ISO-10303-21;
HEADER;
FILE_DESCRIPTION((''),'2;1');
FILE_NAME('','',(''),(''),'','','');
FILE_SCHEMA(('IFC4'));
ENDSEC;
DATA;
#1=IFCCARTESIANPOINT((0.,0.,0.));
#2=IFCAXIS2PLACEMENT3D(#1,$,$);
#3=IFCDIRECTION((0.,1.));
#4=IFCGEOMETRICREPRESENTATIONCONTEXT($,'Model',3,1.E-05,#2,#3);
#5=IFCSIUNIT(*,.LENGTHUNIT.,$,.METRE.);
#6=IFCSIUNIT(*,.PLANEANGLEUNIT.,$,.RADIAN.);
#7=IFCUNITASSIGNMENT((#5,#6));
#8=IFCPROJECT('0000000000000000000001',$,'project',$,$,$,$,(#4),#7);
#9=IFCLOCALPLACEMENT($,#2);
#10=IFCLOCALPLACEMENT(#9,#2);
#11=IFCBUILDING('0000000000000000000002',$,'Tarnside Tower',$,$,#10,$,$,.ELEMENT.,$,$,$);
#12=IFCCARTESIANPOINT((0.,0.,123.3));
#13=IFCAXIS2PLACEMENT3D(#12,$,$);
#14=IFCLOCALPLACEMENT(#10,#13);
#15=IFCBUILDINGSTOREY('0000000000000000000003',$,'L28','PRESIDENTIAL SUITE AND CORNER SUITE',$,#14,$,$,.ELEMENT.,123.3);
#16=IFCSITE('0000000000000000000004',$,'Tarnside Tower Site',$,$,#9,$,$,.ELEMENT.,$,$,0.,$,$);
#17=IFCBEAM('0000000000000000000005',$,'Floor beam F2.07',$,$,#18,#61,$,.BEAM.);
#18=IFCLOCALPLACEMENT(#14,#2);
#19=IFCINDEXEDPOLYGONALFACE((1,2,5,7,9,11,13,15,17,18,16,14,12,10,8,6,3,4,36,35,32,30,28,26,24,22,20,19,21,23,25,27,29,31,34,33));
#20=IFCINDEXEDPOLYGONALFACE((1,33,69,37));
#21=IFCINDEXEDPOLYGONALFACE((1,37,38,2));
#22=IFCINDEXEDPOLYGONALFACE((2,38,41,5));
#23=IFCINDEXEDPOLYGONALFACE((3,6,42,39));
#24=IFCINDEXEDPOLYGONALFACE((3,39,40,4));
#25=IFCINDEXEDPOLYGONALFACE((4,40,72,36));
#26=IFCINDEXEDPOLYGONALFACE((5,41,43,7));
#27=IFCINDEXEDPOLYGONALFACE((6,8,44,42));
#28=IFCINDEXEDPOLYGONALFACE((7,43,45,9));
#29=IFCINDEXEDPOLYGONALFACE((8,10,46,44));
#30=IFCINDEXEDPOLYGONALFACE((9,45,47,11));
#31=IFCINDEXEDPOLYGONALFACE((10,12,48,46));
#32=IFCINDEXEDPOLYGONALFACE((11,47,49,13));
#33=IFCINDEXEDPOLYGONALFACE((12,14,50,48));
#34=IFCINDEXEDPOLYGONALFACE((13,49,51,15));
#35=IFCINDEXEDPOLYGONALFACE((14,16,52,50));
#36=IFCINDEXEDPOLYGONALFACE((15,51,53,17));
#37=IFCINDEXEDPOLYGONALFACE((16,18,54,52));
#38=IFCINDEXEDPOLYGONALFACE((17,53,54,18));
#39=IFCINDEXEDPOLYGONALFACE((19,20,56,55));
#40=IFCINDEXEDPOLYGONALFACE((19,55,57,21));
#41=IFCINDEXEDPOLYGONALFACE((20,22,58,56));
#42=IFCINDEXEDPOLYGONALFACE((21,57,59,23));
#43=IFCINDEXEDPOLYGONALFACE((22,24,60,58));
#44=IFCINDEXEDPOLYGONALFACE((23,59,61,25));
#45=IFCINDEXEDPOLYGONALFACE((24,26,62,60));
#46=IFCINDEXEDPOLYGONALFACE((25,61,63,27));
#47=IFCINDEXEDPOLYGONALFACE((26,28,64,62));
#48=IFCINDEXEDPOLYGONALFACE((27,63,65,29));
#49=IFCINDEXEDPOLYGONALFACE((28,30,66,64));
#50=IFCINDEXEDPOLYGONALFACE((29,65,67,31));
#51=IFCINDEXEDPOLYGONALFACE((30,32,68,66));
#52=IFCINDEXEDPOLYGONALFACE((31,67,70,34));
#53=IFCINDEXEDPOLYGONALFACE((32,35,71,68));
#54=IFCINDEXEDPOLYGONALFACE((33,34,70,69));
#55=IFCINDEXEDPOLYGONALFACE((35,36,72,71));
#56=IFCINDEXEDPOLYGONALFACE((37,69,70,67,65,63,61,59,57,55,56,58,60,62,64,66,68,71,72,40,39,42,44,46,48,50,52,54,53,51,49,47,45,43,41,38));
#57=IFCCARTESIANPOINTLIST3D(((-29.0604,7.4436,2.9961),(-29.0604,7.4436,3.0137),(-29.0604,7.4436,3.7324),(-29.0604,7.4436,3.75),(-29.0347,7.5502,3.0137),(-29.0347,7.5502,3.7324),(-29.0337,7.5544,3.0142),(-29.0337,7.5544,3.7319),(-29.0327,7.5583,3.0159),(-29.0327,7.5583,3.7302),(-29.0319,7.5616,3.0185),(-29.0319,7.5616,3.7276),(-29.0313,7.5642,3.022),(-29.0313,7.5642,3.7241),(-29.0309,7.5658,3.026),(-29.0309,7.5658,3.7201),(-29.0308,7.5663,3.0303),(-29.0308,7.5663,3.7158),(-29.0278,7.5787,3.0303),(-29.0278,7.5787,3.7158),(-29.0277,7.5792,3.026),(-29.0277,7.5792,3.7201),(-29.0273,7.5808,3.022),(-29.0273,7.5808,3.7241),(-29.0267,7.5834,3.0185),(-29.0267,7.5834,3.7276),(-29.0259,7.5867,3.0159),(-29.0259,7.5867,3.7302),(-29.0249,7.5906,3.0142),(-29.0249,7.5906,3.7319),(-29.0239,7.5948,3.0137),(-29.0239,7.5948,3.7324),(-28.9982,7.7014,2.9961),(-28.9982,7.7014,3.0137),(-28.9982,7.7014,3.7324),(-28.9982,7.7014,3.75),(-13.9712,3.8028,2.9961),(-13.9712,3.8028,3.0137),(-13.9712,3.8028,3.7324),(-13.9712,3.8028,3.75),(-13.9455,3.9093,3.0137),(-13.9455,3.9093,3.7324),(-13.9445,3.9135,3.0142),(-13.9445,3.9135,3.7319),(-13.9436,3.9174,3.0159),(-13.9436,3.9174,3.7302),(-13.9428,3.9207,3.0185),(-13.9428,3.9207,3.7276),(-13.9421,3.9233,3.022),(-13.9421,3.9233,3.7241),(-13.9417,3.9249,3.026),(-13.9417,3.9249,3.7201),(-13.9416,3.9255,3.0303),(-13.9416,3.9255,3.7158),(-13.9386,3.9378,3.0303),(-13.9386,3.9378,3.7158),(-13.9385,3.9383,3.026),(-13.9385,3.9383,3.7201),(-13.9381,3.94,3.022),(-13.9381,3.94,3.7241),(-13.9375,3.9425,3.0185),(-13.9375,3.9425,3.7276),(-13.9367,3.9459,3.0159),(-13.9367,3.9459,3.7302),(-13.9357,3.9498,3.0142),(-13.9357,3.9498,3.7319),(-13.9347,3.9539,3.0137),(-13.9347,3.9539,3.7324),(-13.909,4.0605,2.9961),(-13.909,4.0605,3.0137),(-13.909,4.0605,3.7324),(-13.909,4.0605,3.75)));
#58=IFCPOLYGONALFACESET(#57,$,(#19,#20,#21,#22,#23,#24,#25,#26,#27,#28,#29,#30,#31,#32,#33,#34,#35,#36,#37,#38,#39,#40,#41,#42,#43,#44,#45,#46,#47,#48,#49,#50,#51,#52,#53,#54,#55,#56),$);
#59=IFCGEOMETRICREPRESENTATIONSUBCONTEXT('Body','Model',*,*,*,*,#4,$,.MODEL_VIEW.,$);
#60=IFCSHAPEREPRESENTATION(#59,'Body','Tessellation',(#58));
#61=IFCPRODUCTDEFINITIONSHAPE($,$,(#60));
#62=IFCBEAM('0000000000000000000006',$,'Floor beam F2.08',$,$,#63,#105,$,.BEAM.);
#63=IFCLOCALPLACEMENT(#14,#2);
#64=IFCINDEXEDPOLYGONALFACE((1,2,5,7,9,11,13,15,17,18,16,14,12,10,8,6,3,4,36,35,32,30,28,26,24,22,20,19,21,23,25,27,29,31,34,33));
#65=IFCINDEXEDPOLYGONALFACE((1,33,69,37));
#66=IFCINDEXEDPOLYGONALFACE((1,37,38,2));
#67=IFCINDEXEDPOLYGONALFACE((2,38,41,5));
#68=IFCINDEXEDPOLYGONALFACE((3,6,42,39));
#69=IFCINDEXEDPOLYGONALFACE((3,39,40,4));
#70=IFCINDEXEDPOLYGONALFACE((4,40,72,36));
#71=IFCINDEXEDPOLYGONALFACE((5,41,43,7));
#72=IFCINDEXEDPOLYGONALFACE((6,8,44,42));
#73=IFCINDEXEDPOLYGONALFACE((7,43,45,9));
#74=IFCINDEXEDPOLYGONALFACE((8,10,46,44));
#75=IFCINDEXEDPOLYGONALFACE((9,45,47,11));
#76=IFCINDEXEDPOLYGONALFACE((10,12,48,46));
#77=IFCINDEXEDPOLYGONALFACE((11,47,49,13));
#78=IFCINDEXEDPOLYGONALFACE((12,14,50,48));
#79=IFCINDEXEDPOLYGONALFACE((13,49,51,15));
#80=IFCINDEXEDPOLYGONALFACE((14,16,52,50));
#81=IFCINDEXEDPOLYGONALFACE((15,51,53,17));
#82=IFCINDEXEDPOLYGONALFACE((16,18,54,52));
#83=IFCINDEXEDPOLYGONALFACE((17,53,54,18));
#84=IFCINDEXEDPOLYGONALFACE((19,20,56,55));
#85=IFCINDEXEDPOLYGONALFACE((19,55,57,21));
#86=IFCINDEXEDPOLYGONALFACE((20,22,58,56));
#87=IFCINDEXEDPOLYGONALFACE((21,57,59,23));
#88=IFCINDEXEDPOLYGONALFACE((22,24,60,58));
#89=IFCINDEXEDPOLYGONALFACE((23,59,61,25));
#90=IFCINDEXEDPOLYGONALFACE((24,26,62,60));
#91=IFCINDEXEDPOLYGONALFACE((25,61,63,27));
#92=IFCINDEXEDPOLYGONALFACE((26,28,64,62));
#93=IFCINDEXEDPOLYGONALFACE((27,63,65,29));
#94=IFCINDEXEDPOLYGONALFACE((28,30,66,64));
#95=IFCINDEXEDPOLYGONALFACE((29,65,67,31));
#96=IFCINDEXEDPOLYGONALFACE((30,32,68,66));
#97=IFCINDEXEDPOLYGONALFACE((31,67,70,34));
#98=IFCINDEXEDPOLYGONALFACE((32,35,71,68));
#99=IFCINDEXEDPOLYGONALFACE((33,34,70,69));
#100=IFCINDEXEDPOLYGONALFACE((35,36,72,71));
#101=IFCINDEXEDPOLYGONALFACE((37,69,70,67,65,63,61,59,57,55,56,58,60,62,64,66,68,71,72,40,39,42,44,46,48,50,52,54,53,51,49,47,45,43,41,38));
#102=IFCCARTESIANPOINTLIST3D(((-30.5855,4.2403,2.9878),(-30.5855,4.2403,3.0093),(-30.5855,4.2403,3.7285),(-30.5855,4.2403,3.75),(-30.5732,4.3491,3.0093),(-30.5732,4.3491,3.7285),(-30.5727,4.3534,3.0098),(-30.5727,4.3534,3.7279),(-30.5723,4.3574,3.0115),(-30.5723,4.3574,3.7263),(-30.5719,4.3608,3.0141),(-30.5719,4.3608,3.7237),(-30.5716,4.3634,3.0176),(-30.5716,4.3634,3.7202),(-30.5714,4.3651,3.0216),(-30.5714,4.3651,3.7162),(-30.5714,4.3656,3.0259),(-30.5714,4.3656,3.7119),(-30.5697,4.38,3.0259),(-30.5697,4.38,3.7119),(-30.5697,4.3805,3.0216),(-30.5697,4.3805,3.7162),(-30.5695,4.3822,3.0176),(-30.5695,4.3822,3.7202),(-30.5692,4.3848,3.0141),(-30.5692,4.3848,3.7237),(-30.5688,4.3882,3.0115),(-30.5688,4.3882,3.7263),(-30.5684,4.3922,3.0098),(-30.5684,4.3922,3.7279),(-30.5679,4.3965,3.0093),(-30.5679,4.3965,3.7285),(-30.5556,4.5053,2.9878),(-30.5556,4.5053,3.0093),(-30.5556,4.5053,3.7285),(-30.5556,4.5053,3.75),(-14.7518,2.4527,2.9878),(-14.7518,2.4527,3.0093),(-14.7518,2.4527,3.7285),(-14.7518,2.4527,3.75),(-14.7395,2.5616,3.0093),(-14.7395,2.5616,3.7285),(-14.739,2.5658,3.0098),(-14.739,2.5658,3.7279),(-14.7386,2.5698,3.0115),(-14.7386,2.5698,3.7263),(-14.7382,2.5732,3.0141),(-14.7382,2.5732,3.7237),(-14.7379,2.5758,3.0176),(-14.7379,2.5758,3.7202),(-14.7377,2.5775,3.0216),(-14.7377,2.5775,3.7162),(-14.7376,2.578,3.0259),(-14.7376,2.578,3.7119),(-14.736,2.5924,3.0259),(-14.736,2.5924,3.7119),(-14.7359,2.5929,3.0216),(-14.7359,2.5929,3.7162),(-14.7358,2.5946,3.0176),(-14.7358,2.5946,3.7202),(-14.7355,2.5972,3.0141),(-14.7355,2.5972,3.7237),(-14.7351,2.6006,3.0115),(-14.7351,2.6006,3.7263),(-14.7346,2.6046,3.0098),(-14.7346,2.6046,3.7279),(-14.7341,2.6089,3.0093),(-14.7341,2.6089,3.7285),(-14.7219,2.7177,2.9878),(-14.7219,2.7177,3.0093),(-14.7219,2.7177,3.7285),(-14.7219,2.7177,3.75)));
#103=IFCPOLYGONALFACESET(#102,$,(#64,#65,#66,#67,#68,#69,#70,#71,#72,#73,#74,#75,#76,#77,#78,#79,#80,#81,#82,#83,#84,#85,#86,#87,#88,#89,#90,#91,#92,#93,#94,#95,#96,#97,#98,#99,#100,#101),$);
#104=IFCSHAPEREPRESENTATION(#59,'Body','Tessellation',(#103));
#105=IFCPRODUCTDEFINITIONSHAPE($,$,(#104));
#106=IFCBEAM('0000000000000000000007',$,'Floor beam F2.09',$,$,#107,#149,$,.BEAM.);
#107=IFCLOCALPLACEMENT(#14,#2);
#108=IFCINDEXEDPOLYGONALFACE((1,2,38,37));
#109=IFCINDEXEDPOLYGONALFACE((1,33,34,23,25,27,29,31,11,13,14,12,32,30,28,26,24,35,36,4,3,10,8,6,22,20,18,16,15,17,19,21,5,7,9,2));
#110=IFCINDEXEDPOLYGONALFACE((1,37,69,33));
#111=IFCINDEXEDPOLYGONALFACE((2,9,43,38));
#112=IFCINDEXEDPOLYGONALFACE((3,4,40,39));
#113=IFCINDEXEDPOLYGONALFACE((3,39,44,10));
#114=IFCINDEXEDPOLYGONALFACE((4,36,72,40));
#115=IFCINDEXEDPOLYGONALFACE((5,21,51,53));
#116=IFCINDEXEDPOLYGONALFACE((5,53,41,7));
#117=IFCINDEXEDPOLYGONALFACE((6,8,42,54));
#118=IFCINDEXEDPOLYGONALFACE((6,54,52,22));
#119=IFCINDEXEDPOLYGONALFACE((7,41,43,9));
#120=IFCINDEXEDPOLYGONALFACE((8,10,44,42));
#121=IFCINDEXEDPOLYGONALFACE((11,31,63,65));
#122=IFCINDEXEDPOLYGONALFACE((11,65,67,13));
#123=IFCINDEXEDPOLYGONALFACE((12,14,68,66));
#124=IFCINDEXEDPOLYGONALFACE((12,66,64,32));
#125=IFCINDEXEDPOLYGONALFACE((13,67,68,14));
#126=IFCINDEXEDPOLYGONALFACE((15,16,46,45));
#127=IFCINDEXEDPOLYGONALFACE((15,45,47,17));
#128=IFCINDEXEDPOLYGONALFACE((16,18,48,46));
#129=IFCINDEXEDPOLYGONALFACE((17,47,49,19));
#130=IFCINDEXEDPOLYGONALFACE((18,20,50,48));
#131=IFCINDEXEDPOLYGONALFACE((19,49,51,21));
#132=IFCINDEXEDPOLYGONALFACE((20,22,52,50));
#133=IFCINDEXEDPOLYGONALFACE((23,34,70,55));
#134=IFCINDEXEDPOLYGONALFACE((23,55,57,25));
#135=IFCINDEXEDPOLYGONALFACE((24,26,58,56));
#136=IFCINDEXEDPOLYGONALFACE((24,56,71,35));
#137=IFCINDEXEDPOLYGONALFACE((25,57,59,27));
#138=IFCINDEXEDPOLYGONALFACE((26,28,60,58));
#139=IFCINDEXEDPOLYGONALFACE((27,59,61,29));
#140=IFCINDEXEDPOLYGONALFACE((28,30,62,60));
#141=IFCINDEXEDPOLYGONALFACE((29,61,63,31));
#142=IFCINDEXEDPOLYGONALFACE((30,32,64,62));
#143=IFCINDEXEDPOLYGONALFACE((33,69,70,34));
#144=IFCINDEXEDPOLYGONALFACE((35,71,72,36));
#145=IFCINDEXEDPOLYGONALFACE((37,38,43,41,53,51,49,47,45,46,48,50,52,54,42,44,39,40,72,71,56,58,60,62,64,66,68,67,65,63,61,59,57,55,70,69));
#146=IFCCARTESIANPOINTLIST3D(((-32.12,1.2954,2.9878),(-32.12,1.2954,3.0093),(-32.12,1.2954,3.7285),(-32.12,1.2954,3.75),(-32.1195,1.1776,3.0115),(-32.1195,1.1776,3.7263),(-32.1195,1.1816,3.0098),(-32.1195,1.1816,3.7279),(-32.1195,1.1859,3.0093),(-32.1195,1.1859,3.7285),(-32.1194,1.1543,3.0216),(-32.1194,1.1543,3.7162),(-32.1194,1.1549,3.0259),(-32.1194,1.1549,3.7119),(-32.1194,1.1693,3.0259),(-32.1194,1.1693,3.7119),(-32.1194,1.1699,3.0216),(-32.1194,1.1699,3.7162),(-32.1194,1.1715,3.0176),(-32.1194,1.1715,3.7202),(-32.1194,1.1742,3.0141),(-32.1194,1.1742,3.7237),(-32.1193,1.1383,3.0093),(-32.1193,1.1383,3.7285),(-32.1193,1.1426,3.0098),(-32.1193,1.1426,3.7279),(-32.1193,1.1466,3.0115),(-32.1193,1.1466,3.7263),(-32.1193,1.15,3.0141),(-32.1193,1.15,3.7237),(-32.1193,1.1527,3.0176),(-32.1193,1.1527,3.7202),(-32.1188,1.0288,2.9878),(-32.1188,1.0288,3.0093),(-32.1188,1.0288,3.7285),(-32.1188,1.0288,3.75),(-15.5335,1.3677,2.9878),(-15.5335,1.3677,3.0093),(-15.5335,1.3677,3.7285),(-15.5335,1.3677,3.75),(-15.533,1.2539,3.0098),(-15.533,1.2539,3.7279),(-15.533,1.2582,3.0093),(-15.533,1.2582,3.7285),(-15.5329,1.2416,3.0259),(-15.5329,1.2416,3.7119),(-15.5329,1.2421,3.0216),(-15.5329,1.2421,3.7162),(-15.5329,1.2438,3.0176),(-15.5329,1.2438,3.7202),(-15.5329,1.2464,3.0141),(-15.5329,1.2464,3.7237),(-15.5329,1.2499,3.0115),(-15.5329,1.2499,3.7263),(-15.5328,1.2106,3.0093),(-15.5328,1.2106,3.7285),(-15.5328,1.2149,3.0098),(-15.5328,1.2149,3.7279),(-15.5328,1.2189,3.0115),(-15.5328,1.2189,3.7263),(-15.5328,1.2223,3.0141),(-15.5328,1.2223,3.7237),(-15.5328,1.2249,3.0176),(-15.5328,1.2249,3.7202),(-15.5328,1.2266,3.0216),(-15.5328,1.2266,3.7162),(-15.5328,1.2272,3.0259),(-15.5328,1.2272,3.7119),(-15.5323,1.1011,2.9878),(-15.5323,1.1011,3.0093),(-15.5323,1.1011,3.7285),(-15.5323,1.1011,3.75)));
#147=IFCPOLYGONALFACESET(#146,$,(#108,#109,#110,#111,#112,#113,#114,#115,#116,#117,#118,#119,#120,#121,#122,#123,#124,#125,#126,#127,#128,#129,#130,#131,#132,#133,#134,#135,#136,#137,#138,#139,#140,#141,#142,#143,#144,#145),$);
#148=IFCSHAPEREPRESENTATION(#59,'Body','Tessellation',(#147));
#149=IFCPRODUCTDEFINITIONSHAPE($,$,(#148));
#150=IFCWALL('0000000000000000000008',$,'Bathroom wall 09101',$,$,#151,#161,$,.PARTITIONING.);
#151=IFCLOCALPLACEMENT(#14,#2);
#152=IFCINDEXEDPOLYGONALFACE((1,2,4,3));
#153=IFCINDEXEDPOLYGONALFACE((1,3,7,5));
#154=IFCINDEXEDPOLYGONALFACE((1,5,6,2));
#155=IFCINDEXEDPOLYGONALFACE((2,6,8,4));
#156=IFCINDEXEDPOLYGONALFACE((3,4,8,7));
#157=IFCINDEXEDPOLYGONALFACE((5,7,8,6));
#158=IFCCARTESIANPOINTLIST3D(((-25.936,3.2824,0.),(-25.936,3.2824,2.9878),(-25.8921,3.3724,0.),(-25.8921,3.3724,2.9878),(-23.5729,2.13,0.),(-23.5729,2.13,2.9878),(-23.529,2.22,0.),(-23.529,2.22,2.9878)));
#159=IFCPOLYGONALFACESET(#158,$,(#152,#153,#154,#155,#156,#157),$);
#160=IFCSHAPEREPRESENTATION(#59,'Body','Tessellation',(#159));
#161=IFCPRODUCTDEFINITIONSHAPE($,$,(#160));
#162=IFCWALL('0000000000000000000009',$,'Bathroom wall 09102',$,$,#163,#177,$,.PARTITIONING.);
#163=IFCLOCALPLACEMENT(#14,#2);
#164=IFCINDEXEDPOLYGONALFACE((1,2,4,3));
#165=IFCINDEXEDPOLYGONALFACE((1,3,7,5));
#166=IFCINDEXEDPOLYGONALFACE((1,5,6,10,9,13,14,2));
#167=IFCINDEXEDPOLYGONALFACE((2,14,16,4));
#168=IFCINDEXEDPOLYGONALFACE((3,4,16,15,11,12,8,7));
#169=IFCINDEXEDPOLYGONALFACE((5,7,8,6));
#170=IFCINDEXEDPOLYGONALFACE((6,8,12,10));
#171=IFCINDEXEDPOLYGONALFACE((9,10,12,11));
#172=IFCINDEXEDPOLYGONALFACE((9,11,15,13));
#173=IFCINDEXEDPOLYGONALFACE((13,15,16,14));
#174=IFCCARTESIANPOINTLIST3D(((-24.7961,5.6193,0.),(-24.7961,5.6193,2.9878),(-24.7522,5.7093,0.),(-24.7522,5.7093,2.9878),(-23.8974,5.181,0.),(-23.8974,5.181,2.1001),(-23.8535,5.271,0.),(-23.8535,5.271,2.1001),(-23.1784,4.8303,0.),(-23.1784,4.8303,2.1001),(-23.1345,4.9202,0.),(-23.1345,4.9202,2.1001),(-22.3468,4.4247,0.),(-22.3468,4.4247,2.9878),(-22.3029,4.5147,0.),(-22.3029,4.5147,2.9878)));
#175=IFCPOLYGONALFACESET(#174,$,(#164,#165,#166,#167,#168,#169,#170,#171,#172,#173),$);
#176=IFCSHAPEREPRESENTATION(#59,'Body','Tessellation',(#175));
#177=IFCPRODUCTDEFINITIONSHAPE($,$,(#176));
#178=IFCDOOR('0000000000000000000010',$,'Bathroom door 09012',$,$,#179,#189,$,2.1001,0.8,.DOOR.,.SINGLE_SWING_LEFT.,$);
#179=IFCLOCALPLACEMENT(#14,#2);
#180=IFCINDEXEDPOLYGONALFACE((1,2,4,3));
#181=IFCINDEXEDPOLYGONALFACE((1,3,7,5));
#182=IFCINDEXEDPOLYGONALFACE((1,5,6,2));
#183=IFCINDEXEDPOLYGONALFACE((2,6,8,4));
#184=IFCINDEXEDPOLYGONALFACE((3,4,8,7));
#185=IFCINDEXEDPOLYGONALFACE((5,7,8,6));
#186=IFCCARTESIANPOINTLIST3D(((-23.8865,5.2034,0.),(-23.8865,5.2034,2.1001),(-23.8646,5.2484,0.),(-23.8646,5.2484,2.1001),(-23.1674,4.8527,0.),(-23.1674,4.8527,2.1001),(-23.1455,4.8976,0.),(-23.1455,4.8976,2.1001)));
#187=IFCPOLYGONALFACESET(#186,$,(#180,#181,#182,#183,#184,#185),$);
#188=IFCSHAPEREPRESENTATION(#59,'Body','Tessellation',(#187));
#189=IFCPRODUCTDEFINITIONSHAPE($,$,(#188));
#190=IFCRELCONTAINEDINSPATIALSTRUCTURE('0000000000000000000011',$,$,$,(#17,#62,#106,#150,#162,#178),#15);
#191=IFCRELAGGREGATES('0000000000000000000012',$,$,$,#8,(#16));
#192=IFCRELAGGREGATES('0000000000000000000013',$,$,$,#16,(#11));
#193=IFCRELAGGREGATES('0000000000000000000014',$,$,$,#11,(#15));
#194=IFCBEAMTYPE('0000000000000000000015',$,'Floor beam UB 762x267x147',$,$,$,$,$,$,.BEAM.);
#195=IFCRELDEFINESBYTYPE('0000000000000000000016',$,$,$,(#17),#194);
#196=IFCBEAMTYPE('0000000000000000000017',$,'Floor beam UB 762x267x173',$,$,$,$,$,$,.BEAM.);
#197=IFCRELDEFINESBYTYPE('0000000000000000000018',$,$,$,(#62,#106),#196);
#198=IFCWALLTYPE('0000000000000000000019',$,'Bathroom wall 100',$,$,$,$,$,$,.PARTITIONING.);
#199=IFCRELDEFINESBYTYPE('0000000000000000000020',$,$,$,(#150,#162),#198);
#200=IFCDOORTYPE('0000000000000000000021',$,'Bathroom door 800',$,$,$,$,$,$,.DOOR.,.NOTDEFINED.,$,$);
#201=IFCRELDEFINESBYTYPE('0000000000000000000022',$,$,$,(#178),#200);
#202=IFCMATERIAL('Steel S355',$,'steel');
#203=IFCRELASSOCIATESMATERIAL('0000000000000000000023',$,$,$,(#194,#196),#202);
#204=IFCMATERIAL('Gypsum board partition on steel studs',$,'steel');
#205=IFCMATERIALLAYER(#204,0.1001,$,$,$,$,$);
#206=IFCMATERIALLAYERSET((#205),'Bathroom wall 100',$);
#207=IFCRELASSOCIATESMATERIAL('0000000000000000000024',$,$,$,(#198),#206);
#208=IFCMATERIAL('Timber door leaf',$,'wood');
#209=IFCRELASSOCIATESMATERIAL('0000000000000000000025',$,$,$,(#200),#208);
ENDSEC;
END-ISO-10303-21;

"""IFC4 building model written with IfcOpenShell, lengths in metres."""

from ifc_helpers import new_model, si_unit, direction, frame, frame_2d, origin, origin_2d, place, context, subcontext, project, spatial, rectangle, i_section, extrude, material, layer, layer_set, material_profile, profile_set, type_object, element, fill, save


model = new_model("IFC4")

# Units and contexts
model_context = context("Model", 3, precision=1e-05, world=origin(), true_north=direction((0.0, 1.0)))
body_context = subcontext(model_context, "Body", "Model", "MODEL_VIEW")
ifc_project = project(units=[si_unit("LENGTHUNIT", "METRE"), si_unit("PLANEANGLEUNIT", "RADIAN")], contexts=[model_context])

# Site, building, storey
site_placement = place(None, origin())
site = spatial("IfcSite", under=ifc_project, at=site_placement, Name="Tarnside Tower Site", CompositionType="ELEMENT", RefElevation=0.0)
building_placement = place(site_placement, origin())
building = spatial("IfcBuilding", under=site, at=building_placement, Name="Tarnside Tower", CompositionType="ELEMENT")
storey_placement = place(building_placement, frame((0.0, 0.0, 123.3)))
storey = spatial("IfcBuildingStorey", under=building, at=storey_placement, Name="L28", Description="PRESIDENTIAL SUITE AND CORNER SUITE", CompositionType="ELEMENT", Elevation=123.3)

# Beams
ifc_material_1 = material(Name="Steel S355", Category="steel")
ifc_material_profile_1 = material_profile(ifc_material_1, i_section(OverallWidth=0.2651, OverallDepth=0.7539, WebThickness=0.0127, FlangeThickness=0.0176, FilletRadius=0.0166, at=origin_2d()), Name="UB 762x267x147")
ifc_profile_set_1 = profile_set([ifc_material_profile_1], Name="Steel S355")
beam_type_1 = type_object("IfcBeamType", Name="Floor beam UB 762x267x147", PredefinedType="BEAM", material=ifc_profile_set_1)
beam_1_placement = place(storey_placement, frame((-29.0293, 7.5725, 3.373), z_axis=(0.972102, -0.23456, 0.0), x_axis=(0.23456, 0.972102, 0.0)))
element("IfcBeam", 1, at=beam_1_placement, inside=storey, type_object=beam_type_1, Name="Floor beam F2.07", PredefinedType="BEAM", context=body_context, shape_type="SweptSolid", body=[
    extrude(i_section(OverallWidth=0.2651, OverallDepth=0.7539, WebThickness=0.0127, FlangeThickness=0.0176, FilletRadius=0.0166, at=origin_2d()), origin(), (0.0, 0.0, 1.0), 15.5222),
])
ifc_material_profile_2 = material_profile(ifc_material_1, i_section(OverallWidth=0.2666, OverallDepth=0.7622, WebThickness=0.0144, FlangeThickness=0.0215, FilletRadius=0.0166, at=origin_2d()), Name="UB 762x267x173")
ifc_profile_set_2 = profile_set([ifc_material_profile_2], Name="Steel S355")
beam_type_2 = type_object("IfcBeamType", Name="Floor beam UB 762x267x173", PredefinedType="BEAM", material=ifc_profile_set_2)
beam_2_placement = place(storey_placement, frame((-30.5706, 4.3728, 3.3689), z_axis=(0.993687, -0.112185, 0.0), x_axis=(0.112185, 0.993687, 0.0)))
element("IfcBeam", 2, at=beam_2_placement, inside=storey, type_object=beam_type_2, Name="Floor beam F2.08", PredefinedType="BEAM", context=body_context, shape_type="SweptSolid", body=[
    extrude(i_section(OverallWidth=0.2666, OverallDepth=0.7622, WebThickness=0.0144, FlangeThickness=0.0215, FilletRadius=0.0166, at=origin_2d()), origin(), (0.0, 0.0, 1.0), 15.9343),
])
beam_3_placement = place(storey_placement, frame((-32.1194, 1.1621, 3.3689), z_axis=(0.999991, 0.004357, 0.0), x_axis=(-0.004357, 0.999991, 0.0)))
element("IfcBeam", 3, at=beam_3_placement, inside=storey, type_object=beam_type_2, Name="Floor beam F2.09", PredefinedType="BEAM", context=body_context, shape_type="SweptSolid", body=[
    extrude(i_section(OverallWidth=0.2666, OverallDepth=0.7622, WebThickness=0.0144, FlangeThickness=0.0215, FilletRadius=0.0166, at=origin_2d()), origin(), (0.0, 0.0, 1.0), 16.5867),
])

# Wall
ifc_material_2 = material(Name="Gypsum board partition on steel studs", Category="steel")
ifc_layer_1 = layer(ifc_material_2, 0.1001)
ifc_layer_set_1 = layer_set([ifc_layer_1], Name="Bathroom wall 100")
wall_type_1 = type_object("IfcWallType", Name="Bathroom wall 100", PredefinedType="PARTITIONING", material=ifc_layer_set_1)
wall_1_placement = place(storey_placement, frame((-23.551, 2.175, 0.0), z_axis=(0.0, 0.0, 1.0), x_axis=(-0.898822, 0.438314, 0.0)))
element("IfcWall", 4, at=wall_1_placement, inside=storey, type_object=wall_type_1, Name="Bathroom wall 09101", PredefinedType="PARTITIONING", context=body_context, shape_type="SweptSolid", body=[
    extrude(rectangle(XDim=2.6292, YDim=0.1001, at=frame_2d((1.3145, 0.0))), origin(), (0.0, 0.0, 1.0), 2.9878),
])

# Wall, opening, door
wall_2_placement = place(storey_placement, frame((-24.7742, 5.6643, 0.0), z_axis=(0.0, 0.0, 1.0), x_axis=(0.898792, -0.438376, 0.0)))
wall_2 = element("IfcWall", 5, at=wall_2_placement, inside=storey, type_object=wall_type_1, Name="Bathroom wall 09102", PredefinedType="PARTITIONING", context=body_context, shape_type="SweptSolid", body=[
    extrude(rectangle(XDim=2.7251, YDim=0.1001, at=frame_2d((1.3625, 0.0))), origin(), (0.0, 0.0, 1.0), 2.9878),
])
opening_1_placement = place(wall_2_placement, frame((1.0, 0.0, 0.0)))
opening_1 = element("IfcOpeningElement", 6, at=opening_1_placement, cuts=wall_2, PredefinedType="OPENING", context=body_context, shape_type="SweptSolid", body=[
    extrude(rectangle(XDim=0.8, YDim=2.1001, at=frame_2d((0.3999, 1.05))), frame((0.0, 0.0601, 0.0), z_axis=(0.0, -1.0, 0.0), x_axis=(1.0, 0.0, 0.0)), (0.0, 0.0, 1.0), 0.1201),
])
ifc_material_3 = material(Name="Timber door leaf", Category="wood")
door_type_1 = type_object("IfcDoorType", Name="Bathroom door 800", OperationType="NOTDEFINED", PredefinedType="DOOR", material=ifc_material_3)
door_1_placement = place(opening_1_placement, origin())
door_1 = element("IfcDoor", 7, at=door_1_placement, inside=storey, type_object=door_type_1, Name="Bathroom door 09012", OperationType="SINGLE_SWING_LEFT", OverallHeight=2.1001, OverallWidth=0.8, PredefinedType="DOOR", context=body_context, shape_type="SweptSolid", body=[
    extrude(rectangle(XDim=0.8, YDim=2.1001, at=frame_2d((0.3999, 1.05))), frame((0.0, 0.0249, 0.0), z_axis=(0.0, -1.0, 0.0), x_axis=(1.0, 0.0, 0.0)), (0.0, 0.0, 1.0), 0.05),
])
fill(opening_1, door_1)

save(model, "model.ifc")
